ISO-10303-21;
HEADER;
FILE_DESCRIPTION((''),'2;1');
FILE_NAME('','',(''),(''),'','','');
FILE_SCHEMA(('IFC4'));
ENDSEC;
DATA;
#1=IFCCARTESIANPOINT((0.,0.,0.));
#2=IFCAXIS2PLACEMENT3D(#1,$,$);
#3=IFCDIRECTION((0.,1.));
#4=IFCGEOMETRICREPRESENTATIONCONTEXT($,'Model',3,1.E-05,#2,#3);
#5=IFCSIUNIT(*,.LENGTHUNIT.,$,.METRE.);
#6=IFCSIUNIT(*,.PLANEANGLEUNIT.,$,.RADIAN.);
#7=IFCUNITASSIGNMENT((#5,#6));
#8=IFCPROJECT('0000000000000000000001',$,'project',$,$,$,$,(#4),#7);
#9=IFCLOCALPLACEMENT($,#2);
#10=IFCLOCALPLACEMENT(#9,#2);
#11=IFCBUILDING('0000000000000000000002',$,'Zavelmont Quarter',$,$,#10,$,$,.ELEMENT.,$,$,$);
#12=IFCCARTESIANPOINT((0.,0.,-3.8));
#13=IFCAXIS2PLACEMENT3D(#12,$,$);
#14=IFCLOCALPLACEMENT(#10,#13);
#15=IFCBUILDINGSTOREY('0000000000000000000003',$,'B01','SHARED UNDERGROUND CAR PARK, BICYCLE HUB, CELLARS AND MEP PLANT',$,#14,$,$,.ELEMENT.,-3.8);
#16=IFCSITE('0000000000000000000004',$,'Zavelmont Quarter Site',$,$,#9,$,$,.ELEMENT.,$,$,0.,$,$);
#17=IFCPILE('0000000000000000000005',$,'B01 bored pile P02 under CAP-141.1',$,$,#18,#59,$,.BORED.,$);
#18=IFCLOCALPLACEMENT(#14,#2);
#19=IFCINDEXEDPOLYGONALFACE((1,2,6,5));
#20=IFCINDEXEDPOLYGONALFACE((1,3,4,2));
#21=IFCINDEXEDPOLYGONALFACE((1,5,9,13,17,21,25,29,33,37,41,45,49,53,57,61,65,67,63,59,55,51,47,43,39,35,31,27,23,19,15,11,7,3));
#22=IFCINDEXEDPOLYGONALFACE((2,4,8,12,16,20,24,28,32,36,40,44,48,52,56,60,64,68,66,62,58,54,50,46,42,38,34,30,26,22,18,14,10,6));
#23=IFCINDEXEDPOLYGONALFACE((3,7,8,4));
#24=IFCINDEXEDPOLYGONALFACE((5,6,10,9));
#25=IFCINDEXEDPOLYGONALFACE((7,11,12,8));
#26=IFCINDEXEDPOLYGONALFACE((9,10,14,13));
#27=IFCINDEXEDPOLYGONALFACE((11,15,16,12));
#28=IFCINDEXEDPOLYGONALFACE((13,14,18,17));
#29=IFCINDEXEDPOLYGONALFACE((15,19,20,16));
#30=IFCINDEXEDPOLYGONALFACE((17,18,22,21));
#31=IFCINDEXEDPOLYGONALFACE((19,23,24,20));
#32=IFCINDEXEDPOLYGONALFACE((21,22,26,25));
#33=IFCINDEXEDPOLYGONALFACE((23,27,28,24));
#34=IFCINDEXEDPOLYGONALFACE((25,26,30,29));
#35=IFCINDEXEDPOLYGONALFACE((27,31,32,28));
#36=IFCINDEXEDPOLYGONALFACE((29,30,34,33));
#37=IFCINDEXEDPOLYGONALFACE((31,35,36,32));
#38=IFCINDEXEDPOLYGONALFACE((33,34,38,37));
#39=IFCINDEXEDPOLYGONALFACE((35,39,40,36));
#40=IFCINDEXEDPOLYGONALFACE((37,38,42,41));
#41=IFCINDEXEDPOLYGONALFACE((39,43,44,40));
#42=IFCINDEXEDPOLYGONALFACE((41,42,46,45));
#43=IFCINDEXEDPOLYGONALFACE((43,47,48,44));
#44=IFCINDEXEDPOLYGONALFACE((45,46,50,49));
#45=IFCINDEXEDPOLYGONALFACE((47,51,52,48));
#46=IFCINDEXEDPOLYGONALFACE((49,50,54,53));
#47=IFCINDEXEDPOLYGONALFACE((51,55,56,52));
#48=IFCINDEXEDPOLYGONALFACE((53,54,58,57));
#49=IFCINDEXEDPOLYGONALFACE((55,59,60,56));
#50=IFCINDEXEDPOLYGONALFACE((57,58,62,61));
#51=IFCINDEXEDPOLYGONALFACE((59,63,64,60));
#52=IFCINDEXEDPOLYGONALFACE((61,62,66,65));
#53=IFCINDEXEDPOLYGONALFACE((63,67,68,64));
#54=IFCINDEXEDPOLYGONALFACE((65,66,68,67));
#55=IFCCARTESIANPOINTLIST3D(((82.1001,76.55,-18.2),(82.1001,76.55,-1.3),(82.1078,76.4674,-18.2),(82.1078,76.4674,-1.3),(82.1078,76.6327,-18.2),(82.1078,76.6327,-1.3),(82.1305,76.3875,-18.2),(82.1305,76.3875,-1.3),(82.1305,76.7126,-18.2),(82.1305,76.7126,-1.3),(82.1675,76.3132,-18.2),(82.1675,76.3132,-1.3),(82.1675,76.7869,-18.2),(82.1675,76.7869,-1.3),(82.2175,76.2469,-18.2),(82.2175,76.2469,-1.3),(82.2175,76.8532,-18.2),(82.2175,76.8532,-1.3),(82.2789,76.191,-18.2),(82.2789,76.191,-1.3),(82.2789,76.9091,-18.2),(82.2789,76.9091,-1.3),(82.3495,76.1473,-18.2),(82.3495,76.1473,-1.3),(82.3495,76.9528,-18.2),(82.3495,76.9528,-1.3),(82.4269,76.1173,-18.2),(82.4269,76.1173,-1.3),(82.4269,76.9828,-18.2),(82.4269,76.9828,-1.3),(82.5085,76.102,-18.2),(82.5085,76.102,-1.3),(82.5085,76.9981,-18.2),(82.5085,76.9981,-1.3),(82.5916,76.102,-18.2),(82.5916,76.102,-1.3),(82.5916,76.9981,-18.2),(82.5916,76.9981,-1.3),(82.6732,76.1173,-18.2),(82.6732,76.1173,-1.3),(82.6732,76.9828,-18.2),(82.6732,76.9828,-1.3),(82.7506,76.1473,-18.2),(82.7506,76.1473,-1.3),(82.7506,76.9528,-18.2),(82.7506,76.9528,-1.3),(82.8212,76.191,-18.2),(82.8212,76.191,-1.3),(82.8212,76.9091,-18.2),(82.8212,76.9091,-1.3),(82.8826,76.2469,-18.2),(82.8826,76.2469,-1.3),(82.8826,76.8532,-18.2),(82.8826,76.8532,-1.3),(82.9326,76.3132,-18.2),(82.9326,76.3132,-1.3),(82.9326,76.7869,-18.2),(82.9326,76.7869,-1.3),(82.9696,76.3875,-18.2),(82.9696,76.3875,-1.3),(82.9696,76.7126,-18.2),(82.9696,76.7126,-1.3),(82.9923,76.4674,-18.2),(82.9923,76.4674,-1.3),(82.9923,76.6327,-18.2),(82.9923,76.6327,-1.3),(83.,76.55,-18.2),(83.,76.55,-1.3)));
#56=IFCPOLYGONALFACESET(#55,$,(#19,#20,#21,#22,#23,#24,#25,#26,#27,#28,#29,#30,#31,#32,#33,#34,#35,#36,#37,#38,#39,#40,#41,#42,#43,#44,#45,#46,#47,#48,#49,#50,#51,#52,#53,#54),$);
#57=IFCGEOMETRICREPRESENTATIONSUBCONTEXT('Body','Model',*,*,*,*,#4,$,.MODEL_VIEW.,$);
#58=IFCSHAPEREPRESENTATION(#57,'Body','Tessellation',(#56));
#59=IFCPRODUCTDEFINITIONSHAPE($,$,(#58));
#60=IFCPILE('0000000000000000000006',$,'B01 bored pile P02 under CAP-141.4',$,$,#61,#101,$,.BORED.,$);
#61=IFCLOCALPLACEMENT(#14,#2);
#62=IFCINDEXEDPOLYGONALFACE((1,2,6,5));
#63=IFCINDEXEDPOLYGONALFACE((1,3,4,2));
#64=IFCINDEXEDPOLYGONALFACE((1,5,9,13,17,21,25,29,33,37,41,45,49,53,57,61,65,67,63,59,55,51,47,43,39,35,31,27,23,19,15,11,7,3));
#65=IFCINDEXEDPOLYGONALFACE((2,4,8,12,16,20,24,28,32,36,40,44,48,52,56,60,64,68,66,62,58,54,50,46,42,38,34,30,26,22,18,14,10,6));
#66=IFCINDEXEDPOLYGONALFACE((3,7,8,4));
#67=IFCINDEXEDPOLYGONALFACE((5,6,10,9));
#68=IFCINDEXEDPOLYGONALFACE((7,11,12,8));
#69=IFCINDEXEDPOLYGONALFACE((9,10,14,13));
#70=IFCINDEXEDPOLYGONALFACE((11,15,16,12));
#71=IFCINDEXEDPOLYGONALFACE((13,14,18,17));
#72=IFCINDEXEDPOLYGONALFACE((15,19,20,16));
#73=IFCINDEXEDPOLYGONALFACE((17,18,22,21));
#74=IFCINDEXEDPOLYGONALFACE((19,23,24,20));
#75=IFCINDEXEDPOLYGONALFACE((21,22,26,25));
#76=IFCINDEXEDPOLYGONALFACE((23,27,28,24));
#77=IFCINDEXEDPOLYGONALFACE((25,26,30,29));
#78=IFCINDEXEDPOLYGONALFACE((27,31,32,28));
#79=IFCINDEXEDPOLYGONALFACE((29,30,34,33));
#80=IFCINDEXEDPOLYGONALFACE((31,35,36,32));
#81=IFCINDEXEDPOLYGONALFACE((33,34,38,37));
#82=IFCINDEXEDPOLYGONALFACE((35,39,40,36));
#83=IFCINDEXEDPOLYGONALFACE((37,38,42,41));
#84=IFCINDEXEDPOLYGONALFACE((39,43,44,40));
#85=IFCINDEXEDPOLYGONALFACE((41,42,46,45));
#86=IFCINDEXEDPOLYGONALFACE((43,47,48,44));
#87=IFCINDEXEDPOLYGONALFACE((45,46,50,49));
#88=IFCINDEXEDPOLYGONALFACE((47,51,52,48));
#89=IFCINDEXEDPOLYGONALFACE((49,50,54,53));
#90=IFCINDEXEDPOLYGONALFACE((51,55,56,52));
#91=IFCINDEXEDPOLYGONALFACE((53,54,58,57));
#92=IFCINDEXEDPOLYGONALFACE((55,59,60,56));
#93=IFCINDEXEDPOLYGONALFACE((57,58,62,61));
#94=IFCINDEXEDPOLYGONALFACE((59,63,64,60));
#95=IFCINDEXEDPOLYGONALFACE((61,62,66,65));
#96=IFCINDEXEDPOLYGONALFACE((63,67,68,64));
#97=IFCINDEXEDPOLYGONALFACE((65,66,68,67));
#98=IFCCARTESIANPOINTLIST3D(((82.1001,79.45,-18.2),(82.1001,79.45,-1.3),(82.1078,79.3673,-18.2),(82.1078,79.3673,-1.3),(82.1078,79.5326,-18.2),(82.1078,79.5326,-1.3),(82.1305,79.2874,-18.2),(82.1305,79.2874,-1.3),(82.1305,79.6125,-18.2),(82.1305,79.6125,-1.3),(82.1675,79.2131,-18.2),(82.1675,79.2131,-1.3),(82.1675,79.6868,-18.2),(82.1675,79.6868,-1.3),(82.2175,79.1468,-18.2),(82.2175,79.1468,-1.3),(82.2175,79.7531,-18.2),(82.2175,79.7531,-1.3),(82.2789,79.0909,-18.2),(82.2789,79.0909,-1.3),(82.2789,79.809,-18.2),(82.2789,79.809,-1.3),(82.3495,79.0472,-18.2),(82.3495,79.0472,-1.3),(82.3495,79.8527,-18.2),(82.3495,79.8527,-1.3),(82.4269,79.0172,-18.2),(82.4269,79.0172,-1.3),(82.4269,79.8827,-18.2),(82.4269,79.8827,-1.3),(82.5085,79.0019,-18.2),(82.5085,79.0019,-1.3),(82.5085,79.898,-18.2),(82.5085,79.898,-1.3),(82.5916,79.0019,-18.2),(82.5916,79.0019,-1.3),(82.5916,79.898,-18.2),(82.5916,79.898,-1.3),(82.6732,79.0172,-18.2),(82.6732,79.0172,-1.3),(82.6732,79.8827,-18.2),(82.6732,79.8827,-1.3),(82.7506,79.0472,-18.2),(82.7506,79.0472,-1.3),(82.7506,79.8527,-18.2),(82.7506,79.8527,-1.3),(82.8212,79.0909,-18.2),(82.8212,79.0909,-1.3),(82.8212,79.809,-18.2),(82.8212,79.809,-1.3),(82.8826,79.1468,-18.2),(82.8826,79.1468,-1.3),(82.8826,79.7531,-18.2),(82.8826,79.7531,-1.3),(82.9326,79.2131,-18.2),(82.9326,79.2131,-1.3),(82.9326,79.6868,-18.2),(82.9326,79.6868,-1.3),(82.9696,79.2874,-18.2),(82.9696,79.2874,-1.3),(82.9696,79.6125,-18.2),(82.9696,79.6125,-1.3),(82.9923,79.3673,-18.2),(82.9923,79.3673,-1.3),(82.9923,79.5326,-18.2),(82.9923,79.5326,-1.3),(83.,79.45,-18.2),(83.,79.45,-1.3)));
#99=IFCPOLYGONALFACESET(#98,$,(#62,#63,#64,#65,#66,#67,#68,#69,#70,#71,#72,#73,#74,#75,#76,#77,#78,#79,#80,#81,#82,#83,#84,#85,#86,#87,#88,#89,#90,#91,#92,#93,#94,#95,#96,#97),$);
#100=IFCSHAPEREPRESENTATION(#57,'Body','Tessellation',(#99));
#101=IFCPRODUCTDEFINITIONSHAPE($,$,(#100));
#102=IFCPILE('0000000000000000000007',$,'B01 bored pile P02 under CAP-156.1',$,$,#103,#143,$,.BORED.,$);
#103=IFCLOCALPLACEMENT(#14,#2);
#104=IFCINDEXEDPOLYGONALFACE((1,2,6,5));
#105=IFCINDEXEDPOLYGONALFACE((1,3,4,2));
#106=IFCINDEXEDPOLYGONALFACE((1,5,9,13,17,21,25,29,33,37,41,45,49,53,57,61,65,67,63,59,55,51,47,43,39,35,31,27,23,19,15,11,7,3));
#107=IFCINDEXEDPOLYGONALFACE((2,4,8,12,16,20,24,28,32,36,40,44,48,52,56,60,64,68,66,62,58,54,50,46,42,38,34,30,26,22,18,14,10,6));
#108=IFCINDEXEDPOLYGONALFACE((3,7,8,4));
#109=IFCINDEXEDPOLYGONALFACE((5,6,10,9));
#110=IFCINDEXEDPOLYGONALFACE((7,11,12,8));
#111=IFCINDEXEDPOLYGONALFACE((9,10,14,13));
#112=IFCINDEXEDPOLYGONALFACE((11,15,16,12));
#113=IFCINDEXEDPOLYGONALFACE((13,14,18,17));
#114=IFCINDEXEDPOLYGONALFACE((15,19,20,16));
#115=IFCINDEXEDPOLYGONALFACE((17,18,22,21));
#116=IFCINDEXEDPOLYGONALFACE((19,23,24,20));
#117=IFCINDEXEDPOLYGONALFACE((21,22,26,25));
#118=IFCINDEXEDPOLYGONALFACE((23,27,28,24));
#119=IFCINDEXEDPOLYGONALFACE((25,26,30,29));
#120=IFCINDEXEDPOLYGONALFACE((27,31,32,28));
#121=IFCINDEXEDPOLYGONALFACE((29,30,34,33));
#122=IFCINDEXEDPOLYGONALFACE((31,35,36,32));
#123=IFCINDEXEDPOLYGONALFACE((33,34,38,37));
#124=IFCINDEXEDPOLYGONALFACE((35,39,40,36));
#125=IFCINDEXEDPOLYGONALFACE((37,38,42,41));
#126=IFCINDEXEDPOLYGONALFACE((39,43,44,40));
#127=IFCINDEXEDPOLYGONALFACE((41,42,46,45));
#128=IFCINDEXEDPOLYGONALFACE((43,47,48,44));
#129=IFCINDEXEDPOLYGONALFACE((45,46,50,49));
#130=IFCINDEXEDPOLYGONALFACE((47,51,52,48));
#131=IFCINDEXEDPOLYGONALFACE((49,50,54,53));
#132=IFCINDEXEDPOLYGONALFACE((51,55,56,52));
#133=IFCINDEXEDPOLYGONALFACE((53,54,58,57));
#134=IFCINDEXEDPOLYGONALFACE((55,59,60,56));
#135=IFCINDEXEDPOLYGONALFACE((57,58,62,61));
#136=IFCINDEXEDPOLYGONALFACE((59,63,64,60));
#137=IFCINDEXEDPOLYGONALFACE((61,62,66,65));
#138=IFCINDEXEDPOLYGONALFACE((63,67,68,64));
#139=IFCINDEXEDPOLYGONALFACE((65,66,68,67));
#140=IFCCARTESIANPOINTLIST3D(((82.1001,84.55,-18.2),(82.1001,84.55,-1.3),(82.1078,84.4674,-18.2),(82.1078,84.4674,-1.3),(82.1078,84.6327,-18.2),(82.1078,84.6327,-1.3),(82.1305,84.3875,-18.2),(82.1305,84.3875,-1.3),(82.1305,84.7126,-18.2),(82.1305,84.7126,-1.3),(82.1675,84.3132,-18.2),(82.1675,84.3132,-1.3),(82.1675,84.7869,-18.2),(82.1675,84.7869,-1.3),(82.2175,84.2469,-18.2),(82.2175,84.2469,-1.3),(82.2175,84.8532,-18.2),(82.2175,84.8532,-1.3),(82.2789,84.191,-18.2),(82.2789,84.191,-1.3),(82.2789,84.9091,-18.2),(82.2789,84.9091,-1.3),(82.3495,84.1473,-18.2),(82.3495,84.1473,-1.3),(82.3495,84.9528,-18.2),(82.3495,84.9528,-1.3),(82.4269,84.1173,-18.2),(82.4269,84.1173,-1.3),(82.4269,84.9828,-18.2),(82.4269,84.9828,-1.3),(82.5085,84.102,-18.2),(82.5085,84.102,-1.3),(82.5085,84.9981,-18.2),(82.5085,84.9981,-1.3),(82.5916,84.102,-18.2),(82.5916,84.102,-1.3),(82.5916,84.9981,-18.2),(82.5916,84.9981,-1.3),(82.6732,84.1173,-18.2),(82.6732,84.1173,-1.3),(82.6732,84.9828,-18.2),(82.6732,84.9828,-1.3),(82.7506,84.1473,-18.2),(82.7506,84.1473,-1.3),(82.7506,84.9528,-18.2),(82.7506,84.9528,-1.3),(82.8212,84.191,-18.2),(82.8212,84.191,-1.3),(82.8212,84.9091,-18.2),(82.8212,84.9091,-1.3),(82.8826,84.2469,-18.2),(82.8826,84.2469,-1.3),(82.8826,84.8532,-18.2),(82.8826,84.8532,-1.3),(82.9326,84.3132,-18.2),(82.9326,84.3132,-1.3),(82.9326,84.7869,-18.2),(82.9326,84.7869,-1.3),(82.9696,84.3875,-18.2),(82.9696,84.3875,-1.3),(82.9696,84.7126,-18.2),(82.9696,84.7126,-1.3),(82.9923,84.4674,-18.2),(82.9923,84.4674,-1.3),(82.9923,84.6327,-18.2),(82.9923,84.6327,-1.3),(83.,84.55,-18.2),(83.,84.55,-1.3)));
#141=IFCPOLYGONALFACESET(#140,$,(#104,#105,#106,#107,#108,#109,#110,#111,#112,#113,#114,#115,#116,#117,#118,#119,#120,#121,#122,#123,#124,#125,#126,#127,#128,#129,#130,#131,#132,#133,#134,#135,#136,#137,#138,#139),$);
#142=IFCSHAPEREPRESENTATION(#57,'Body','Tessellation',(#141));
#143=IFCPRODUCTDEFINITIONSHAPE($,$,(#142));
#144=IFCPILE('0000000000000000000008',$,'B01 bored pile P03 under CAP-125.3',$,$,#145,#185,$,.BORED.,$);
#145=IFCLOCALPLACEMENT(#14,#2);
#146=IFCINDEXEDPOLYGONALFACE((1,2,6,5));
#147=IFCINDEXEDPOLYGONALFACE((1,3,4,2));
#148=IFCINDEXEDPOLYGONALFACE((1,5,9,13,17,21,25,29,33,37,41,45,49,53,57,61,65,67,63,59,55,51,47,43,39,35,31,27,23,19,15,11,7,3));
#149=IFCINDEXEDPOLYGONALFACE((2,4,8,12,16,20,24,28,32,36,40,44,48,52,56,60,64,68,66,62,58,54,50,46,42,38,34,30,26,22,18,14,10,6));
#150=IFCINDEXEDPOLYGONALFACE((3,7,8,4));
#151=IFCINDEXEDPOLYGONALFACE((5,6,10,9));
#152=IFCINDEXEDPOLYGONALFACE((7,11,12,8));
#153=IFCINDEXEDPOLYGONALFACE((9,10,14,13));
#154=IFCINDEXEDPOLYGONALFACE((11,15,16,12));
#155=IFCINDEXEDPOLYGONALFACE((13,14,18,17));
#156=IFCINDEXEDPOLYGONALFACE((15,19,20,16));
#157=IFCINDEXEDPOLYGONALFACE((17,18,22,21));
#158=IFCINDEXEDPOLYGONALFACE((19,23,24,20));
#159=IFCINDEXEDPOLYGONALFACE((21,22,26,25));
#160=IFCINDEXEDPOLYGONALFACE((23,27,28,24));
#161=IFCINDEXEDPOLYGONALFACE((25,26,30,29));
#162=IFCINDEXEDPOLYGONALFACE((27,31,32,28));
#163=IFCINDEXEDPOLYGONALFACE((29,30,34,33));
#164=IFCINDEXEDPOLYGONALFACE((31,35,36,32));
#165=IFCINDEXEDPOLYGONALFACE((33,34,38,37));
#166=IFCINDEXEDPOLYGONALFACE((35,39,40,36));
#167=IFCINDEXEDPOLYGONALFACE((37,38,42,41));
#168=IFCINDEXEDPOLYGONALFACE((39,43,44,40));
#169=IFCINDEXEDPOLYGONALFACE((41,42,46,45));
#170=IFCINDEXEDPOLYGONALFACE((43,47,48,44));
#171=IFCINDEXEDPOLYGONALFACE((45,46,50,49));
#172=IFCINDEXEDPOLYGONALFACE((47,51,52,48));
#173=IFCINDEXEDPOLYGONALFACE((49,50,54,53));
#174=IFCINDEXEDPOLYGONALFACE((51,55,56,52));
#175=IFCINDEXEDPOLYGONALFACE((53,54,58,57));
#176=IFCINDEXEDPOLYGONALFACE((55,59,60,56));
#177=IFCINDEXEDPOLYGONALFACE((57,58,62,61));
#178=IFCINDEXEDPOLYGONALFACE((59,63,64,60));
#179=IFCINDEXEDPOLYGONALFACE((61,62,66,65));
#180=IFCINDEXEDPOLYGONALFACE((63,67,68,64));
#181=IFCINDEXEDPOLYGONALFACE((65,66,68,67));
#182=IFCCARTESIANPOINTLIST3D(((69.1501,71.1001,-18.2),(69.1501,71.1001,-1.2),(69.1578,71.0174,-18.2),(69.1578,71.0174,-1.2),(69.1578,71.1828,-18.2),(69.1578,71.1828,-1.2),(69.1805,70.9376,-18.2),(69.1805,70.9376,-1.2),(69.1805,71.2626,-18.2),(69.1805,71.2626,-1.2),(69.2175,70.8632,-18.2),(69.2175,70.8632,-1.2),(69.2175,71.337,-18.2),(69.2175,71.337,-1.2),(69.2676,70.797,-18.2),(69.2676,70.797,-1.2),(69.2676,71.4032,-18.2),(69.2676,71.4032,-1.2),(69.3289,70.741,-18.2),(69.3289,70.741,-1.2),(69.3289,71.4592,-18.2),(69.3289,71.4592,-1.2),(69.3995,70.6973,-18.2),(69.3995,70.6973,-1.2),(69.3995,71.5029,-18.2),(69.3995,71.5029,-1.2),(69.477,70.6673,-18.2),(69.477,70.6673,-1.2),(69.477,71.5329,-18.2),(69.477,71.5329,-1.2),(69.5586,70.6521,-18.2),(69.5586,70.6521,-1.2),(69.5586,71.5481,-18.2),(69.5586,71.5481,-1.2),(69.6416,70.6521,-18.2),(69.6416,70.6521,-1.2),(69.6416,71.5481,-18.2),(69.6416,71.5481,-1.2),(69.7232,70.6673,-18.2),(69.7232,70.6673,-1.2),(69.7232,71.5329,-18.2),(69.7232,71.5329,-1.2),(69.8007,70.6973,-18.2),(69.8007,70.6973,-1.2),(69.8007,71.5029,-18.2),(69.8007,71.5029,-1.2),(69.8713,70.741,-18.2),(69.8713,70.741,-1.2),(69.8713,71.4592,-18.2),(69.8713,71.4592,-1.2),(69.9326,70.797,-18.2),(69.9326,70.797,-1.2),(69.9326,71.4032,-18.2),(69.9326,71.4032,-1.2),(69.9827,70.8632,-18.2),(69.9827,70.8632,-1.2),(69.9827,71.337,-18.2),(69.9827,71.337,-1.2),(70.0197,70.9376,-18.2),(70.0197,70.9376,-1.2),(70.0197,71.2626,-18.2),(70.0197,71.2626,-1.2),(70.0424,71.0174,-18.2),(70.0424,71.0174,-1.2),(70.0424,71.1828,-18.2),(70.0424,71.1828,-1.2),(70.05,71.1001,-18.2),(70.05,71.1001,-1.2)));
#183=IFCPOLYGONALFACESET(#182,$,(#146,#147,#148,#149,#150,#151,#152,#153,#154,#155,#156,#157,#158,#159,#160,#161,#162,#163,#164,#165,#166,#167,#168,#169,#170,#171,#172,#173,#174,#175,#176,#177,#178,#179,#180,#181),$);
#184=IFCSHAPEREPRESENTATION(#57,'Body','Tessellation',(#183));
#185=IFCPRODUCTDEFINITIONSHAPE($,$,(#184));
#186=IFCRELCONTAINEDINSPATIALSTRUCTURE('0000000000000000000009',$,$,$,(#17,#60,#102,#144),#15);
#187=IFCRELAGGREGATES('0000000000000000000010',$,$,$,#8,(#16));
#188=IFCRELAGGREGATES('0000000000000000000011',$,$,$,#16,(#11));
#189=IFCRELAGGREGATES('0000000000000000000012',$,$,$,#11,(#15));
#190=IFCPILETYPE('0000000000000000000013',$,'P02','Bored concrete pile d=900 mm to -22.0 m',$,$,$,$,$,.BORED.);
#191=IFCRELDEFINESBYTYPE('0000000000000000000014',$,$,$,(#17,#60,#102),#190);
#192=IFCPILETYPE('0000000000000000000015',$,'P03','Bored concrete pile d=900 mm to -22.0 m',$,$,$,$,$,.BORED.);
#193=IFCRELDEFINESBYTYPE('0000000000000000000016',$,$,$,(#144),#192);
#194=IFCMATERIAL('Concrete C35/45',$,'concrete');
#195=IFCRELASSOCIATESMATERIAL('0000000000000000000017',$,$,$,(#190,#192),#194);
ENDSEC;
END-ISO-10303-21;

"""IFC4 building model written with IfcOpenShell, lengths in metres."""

from ifc_helpers import new_model, si_unit, direction, frame, origin, origin_2d, place, context, subcontext, project, spatial, circle, extrude, material, material_profile, profile_set, type_object, element, save


model = new_model("IFC4")

# Units and contexts
model_context = context("Model", 3, precision=1e-05, world=origin(), true_north=direction((0.0, 1.0)))
body_context = subcontext(model_context, "Body", "Model", "MODEL_VIEW")
ifc_project = project(units=[si_unit("LENGTHUNIT", "METRE"), si_unit("PLANEANGLEUNIT", "RADIAN")], contexts=[model_context])

# Site, building, storey
site_placement = place(None, origin())
site = spatial("IfcSite", under=ifc_project, at=site_placement, Name="Zavelmont Quarter Site", CompositionType="ELEMENT", RefElevation=0.0)
building_placement = place(site_placement, origin())
building = spatial("IfcBuilding", under=site, at=building_placement, Name="Zavelmont Quarter", CompositionType="ELEMENT")
storey_placement = place(building_placement, frame((0.0, 0.0, -3.8)))
storey = spatial("IfcBuildingStorey", under=building, at=storey_placement, Name="B01", Description="SHARED UNDERGROUND CAR PARK, BICYCLE HUB, CELLARS AND MEP PLANT", CompositionType="ELEMENT", Elevation=-3.8)

# Shared definitions
ifc_material_1 = material(Name="Concrete C35/45", Category="concrete")

# Piles
ifc_material_profile_1 = material_profile(ifc_material_1, circle(Radius=0.45, at=origin_2d()), Name="BP900")
ifc_profile_set_1 = profile_set([ifc_material_profile_1], Name="Concrete C35/45")
pile_type_1 = type_object("IfcPileType", Name="P02", Description="Bored concrete pile d=900 mm to -22.0 m", PredefinedType="BORED", material=ifc_profile_set_1)
for number, where, z_axis, x_axis, name in (
    (1, (82.55, 76.55, -1.3), (0.0, 0.0, -1.0), (1.0, 0.0, 0.0), "B01 bored pile P02 under CAP-141.1"),
    (2, (82.55, 79.45, -1.3), (0.0, 0.0, -1.0), (1.0, 0.0, 0.0), "B01 bored pile P02 under CAP-141.4"),
    (3, (82.55, 84.55, -1.3), (0.0, 0.0, -1.0), (1.0, 0.0, 0.0), "B01 bored pile P02 under CAP-156.1"),
):
    element("IfcPile", number, at=place(storey_placement, frame(where, z_axis=z_axis, x_axis=x_axis)), inside=storey, type_object=pile_type_1, Name=name, PredefinedType="BORED", context=body_context, shape_type="SweptSolid", body=[
        extrude(circle(Radius=0.45, at=origin_2d()), origin(), (0.0, 0.0, 1.0), 16.8999),
    ])
ifc_material_profile_2 = material_profile(ifc_material_1, circle(Radius=0.45, at=origin_2d()), Name="BP900")
ifc_profile_set_2 = profile_set([ifc_material_profile_2], Name="Concrete C35/45")
pile_type_2 = type_object("IfcPileType", Name="P03", Description="Bored concrete pile d=900 mm to -22.0 m", PredefinedType="BORED", material=ifc_profile_set_2)
for number, where, z_axis, x_axis, name in (
    (4, (69.6001, 71.1001, -1.2), (0.0, 0.0, -1.0), (1.0, 0.0, 0.0), "B01 bored pile P03 under CAP-125.3"),
):
    element("IfcPile", number, at=place(storey_placement, frame(where, z_axis=z_axis, x_axis=x_axis)), inside=storey, type_object=pile_type_2, Name=name, PredefinedType="BORED", context=body_context, shape_type="SweptSolid", body=[
        extrude(circle(Radius=0.45, at=origin_2d()), origin(), (0.0, 0.0, 1.0), 17.0),
    ])

save(model, "model.ifc")
